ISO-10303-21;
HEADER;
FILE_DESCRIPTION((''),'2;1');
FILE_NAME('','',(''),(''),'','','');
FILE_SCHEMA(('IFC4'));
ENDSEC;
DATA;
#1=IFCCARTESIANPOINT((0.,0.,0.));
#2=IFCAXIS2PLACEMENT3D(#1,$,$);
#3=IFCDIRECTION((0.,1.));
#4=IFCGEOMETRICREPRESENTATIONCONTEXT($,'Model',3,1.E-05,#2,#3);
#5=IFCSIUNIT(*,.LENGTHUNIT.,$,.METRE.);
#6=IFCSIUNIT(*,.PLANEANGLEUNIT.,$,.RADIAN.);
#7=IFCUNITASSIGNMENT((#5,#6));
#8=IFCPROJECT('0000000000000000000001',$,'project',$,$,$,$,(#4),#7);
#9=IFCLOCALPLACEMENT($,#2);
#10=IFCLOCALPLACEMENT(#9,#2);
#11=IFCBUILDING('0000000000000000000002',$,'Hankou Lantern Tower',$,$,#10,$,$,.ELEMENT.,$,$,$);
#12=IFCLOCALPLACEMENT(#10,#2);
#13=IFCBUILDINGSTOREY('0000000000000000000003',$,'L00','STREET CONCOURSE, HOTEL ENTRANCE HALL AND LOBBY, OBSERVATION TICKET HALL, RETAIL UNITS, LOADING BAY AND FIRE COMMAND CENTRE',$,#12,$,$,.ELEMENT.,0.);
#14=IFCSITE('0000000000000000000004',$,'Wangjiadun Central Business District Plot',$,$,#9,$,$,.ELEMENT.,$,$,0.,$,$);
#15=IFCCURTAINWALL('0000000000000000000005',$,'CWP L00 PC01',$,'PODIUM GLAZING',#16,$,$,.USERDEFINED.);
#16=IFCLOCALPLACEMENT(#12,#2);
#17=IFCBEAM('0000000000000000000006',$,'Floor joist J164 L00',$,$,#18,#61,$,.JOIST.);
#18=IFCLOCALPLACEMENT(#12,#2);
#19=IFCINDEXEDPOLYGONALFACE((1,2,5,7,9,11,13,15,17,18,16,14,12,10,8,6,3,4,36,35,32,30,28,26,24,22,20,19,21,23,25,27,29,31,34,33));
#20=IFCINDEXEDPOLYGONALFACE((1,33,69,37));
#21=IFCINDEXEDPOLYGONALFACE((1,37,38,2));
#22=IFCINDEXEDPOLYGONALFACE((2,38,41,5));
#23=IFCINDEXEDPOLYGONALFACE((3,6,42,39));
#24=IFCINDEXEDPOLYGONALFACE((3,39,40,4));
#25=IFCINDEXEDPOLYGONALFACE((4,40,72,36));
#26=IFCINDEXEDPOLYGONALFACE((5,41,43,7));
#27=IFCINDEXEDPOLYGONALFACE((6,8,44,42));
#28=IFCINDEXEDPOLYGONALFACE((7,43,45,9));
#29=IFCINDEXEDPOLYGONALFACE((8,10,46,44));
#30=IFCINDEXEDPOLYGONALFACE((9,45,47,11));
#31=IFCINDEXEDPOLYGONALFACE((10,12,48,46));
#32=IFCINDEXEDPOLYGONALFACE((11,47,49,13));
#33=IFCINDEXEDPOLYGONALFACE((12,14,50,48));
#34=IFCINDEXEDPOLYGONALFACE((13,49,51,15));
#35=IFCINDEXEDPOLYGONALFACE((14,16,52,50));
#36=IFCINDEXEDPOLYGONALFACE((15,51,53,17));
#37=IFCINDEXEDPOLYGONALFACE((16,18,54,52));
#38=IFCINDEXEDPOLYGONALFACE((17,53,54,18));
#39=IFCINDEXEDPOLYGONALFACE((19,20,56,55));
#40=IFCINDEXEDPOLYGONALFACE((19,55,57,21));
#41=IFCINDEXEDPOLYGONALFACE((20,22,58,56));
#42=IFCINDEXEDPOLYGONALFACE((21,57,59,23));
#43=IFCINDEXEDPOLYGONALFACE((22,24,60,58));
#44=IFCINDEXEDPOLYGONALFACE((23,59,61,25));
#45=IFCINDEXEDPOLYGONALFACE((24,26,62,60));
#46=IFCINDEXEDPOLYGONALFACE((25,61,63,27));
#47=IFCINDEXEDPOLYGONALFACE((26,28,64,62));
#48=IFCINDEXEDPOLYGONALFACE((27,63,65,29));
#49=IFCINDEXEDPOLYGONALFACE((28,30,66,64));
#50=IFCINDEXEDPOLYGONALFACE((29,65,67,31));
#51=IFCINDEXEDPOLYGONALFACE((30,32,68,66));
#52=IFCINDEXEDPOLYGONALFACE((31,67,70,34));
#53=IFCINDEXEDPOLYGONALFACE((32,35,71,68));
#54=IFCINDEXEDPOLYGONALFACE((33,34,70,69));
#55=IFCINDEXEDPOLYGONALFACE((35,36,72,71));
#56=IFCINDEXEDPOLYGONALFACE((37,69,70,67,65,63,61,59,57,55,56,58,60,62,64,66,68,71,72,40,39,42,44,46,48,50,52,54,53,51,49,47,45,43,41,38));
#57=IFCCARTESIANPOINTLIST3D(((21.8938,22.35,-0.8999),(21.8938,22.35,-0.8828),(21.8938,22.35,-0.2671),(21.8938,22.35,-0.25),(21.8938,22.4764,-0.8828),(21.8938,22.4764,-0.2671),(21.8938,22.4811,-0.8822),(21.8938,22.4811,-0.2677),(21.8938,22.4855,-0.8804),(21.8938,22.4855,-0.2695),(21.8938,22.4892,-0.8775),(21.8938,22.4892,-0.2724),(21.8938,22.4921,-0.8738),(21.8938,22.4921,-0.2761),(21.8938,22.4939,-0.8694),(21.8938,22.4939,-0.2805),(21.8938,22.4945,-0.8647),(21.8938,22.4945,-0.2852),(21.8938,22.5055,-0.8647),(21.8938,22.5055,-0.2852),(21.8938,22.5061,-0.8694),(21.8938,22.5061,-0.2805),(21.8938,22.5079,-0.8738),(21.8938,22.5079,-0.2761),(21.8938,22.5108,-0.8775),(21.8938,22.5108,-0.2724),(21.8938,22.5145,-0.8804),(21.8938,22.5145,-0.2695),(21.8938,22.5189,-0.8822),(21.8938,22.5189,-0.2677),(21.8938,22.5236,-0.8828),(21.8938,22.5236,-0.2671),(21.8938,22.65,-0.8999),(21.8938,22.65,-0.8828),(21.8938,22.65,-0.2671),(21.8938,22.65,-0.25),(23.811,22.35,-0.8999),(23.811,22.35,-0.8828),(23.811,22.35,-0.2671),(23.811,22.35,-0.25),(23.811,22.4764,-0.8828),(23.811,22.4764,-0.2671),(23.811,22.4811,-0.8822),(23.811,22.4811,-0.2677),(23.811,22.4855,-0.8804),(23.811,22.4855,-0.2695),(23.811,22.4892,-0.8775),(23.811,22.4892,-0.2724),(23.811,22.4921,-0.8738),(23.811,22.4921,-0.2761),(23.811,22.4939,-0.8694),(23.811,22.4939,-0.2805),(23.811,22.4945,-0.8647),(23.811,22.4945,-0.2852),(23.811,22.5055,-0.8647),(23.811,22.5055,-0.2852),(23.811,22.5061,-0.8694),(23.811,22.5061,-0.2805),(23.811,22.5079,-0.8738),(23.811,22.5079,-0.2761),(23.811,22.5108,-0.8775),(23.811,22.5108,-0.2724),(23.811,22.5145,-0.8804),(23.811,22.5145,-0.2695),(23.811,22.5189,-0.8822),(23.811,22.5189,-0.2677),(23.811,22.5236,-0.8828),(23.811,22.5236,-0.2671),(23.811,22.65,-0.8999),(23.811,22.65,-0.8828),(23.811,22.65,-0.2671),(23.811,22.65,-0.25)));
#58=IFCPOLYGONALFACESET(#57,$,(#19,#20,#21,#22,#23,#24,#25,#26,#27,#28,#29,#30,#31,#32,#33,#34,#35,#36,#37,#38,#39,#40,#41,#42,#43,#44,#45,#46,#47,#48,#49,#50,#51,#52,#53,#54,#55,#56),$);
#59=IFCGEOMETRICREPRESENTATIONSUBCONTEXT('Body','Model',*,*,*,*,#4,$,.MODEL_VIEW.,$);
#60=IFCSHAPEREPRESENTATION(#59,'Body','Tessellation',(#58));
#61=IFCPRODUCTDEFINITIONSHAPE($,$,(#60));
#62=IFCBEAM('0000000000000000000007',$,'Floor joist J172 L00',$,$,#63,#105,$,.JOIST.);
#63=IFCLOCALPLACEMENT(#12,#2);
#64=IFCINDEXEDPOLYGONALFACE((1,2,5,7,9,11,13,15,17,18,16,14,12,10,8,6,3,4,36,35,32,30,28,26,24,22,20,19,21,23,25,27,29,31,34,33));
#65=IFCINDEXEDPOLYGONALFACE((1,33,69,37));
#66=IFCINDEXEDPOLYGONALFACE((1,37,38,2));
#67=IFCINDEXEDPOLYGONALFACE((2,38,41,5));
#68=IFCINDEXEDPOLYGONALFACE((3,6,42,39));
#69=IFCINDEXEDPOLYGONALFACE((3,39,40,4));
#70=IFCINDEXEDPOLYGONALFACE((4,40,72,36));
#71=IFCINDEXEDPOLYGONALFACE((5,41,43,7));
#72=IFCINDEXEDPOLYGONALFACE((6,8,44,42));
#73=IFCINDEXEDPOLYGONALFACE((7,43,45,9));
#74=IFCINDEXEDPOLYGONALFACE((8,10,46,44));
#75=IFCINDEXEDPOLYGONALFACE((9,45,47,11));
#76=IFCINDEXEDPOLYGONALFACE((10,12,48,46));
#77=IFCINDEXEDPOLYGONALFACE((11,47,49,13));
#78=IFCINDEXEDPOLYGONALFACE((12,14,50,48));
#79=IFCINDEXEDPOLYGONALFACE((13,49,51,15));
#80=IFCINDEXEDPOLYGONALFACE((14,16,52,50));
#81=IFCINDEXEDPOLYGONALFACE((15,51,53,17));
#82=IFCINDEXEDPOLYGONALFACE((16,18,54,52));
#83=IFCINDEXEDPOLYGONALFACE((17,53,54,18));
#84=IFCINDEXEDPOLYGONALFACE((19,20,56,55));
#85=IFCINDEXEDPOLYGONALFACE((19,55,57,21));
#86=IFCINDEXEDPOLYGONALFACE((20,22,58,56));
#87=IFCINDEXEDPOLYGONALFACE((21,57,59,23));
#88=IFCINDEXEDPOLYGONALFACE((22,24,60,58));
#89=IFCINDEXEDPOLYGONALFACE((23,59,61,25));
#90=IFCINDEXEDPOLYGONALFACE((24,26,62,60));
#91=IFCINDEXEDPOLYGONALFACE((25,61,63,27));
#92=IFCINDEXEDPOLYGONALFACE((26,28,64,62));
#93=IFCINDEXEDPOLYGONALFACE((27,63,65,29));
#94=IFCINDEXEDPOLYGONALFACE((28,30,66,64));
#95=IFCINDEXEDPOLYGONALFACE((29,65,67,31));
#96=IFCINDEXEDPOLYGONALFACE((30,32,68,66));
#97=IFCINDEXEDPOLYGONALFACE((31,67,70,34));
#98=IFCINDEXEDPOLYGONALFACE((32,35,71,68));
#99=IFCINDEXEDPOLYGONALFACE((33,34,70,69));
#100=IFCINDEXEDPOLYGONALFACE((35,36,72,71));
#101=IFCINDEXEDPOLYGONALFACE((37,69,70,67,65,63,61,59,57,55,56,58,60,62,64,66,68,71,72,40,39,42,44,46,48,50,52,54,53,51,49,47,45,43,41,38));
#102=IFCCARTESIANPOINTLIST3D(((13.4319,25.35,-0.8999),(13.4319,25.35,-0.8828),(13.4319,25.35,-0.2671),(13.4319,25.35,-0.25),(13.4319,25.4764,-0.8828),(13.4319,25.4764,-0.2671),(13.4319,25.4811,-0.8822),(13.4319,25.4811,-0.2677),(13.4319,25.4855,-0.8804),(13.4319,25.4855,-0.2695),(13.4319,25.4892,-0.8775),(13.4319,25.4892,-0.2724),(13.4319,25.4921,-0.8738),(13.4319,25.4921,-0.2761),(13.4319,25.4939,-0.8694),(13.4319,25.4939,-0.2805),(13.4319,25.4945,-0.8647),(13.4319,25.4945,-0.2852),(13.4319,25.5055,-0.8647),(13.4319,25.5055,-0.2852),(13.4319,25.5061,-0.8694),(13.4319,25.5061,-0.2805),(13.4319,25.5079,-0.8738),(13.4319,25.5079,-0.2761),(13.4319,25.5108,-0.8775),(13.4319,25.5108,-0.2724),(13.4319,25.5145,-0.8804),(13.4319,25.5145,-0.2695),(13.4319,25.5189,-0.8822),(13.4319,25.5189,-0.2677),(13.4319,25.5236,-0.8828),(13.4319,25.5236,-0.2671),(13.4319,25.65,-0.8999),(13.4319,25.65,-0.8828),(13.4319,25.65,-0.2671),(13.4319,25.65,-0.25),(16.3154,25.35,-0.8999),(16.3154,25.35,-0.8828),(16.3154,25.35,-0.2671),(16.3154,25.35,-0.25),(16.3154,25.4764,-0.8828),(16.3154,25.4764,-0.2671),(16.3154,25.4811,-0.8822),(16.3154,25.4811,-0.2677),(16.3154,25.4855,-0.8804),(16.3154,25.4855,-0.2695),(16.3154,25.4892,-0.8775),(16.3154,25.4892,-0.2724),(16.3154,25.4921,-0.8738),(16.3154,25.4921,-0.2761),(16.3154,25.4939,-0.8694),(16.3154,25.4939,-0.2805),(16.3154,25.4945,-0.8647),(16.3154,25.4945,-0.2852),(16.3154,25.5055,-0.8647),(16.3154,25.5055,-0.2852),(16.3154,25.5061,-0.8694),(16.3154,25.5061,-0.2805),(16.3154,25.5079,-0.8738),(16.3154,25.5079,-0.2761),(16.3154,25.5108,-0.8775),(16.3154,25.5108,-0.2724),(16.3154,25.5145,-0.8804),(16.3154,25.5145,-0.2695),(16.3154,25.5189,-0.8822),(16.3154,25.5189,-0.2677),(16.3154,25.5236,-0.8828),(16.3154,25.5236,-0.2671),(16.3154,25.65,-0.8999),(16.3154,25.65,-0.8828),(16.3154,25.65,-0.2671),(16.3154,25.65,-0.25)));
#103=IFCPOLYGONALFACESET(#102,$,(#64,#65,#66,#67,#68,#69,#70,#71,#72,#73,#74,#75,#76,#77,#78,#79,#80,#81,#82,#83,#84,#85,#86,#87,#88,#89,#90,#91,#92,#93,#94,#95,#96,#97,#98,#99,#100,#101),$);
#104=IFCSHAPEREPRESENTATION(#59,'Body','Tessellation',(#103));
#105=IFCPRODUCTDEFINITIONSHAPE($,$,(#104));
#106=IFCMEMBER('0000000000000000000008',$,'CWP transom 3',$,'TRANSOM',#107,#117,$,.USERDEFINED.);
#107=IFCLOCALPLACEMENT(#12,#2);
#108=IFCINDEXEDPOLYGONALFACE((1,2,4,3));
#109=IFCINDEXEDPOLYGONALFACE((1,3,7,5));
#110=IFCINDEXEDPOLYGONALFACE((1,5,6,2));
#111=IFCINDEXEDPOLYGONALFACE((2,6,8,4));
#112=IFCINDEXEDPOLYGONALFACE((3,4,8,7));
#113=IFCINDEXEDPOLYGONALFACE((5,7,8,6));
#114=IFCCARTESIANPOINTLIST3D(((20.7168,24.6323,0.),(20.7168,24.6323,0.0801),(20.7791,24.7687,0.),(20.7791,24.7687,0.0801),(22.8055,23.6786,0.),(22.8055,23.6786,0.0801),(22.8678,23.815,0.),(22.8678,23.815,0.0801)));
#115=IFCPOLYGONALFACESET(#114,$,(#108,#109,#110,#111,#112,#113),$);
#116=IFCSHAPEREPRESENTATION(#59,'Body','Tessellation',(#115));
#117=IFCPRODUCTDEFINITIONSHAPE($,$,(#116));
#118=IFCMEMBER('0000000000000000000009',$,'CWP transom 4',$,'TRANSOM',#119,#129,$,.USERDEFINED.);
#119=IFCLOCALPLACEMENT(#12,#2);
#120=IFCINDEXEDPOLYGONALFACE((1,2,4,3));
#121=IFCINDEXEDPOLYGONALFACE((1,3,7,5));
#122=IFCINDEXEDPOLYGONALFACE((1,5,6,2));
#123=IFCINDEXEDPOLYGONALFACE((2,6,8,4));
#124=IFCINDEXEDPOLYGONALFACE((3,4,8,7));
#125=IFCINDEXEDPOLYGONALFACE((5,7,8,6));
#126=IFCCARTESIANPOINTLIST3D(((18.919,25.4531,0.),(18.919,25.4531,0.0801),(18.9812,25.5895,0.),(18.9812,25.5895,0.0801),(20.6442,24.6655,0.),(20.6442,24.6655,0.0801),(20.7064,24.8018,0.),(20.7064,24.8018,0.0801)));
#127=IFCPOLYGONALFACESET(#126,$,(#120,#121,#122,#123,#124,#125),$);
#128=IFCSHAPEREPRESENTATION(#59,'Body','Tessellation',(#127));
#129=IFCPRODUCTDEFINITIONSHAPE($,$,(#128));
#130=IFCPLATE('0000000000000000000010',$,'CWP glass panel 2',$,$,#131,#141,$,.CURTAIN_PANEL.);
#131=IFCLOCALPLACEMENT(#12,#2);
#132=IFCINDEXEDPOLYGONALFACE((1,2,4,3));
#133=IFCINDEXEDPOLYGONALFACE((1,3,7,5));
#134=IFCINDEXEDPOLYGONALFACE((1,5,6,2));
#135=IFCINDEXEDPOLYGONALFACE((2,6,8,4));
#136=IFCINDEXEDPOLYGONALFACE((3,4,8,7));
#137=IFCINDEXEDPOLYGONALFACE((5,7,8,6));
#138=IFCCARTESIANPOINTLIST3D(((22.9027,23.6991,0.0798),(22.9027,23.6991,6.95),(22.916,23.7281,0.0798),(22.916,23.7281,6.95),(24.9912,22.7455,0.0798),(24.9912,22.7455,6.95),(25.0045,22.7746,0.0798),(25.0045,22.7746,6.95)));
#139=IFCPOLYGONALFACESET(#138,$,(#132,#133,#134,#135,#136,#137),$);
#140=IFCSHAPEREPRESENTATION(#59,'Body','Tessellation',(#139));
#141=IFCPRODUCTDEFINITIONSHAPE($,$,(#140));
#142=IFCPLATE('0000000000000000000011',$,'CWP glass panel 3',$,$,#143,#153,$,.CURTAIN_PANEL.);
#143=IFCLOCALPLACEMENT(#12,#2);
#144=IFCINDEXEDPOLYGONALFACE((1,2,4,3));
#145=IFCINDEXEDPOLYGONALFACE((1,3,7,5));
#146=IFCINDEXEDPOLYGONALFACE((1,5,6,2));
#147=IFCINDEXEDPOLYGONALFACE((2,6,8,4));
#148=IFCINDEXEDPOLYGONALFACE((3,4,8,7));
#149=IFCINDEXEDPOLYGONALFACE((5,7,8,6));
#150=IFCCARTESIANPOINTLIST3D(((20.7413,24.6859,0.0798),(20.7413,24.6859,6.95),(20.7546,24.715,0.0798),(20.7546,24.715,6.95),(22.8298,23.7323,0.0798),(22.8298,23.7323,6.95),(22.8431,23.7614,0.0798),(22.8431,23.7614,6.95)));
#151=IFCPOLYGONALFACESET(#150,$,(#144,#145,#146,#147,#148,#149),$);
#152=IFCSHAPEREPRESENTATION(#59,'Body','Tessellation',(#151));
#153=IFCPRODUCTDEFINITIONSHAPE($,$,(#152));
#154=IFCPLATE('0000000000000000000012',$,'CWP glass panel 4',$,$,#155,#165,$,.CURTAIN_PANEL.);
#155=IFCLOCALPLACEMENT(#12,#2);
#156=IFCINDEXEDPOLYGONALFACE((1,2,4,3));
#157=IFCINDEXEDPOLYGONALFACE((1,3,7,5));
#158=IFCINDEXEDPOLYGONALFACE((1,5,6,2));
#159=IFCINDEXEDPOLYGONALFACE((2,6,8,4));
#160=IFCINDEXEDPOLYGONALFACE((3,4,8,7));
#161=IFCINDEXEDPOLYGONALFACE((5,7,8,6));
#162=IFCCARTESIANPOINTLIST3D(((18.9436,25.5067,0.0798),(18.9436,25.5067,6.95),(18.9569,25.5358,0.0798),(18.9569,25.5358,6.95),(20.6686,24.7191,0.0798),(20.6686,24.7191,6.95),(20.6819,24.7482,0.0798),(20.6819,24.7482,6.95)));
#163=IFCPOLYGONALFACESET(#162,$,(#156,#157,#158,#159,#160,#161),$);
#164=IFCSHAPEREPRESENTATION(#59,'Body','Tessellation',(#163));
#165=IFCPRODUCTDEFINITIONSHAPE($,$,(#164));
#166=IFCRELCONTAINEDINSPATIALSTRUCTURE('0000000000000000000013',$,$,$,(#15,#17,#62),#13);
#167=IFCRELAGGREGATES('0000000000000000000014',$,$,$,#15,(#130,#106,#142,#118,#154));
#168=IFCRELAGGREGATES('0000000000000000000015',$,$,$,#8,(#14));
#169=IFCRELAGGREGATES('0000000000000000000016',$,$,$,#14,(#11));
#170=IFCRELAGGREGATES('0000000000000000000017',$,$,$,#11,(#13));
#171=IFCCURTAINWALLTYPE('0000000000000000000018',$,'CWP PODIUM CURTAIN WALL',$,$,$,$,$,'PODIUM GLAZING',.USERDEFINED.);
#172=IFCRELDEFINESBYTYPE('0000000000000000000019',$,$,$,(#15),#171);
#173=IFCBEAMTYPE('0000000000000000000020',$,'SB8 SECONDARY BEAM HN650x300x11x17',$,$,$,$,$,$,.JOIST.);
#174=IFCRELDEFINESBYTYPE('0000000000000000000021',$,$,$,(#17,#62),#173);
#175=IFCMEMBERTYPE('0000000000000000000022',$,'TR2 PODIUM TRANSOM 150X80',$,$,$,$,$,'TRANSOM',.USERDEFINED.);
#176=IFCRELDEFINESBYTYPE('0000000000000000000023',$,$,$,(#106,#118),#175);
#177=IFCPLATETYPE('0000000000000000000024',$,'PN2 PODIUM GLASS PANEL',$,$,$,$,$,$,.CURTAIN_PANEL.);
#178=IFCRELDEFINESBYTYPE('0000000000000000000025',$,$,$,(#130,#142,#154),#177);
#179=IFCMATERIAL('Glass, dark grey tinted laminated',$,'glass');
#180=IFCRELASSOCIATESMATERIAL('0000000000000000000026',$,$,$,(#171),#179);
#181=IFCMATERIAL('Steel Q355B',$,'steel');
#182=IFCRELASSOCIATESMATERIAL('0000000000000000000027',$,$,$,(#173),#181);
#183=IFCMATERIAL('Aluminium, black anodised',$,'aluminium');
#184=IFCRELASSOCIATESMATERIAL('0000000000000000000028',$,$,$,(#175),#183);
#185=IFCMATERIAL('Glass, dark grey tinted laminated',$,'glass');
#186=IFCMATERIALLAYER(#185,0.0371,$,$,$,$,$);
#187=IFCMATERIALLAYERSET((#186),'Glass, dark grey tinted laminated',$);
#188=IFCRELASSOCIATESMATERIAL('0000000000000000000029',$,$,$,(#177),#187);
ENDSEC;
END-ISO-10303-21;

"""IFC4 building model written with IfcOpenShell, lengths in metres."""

from ifc_helpers import new_model, si_unit, direction, frame, origin, origin_2d, place, context, subcontext, project, spatial, rectangle, i_section, extrude, material, layer, layer_set, material_profile, profile_set, type_object, element, aggregate, save


model = new_model("IFC4")

# Units and contexts
model_context = context("Model", 3, precision=1e-05, world=origin(), true_north=direction((0.0, 1.0)))
body_context = subcontext(model_context, "Body", "Model", "MODEL_VIEW")
ifc_project = project(units=[si_unit("LENGTHUNIT", "METRE"), si_unit("PLANEANGLEUNIT", "RADIAN")], contexts=[model_context])

# Site, building, storey
site_placement = place(None, origin())
site = spatial("IfcSite", under=ifc_project, at=site_placement, Name="Wangjiadun Central Business District Plot", CompositionType="ELEMENT", RefElevation=0.0)
building_placement = place(site_placement, origin())
building = spatial("IfcBuilding", under=site, at=building_placement, Name="Hankou Lantern Tower", CompositionType="ELEMENT")
storey_placement = place(building_placement, origin())
storey = spatial("IfcBuildingStorey", under=building, at=storey_placement, Name="L00", Description="STREET CONCOURSE, HOTEL ENTRANCE HALL AND LOBBY, OBSERVATION TICKET HALL, RETAIL UNITS, LOADING BAY AND FIRE COMMAND CENTRE", CompositionType="ELEMENT", Elevation=0.0)

# Curtain wall
ifc_material_1 = material(Name="Glass, dark grey tinted laminated", Category="glass")
curtain_wall_type = type_object("IfcCurtainWallType", Name="CWP PODIUM CURTAIN WALL", ElementType="PODIUM GLAZING", PredefinedType="USERDEFINED", material=ifc_material_1)
curtain_wall_placement = place(storey_placement, origin())
curtain_wall = element("IfcCurtainWall", 1, at=curtain_wall_placement, inside=storey, type_object=curtain_wall_type, Name="CWP L00 PC01", ObjectType="PODIUM GLAZING", PredefinedType="USERDEFINED")

# Beams
ifc_material_2 = material(Name="Steel Q355B", Category="steel")
ifc_material_profile_1 = material_profile(ifc_material_2, i_section(OverallWidth=0.3, OverallDepth=0.6499, WebThickness=0.011, FlangeThickness=0.0171, FilletRadius=0.0181, at=origin_2d()), Name="HN650x300x11x17")
ifc_profile_set_1 = profile_set([ifc_material_profile_1], Name="Steel Q355B")
beam_type_1 = type_object("IfcBeamType", Name="SB8 SECONDARY BEAM HN650x300x11x17", PredefinedType="JOIST", material=ifc_profile_set_1)
beam_1_placement = place(storey_placement, frame((21.8938, 22.5, -0.575), z_axis=(1.0, 0.0, 0.0), x_axis=(0.0, 1.0, 0.0)))
element("IfcBeam", 2, at=beam_1_placement, inside=storey, type_object=beam_type_1, Name="Floor joist J164 L00", PredefinedType="JOIST", context=body_context, shape_type="SweptSolid", body=[
    extrude(i_section(OverallWidth=0.3, OverallDepth=0.6499, WebThickness=0.011, FlangeThickness=0.0171, FilletRadius=0.0181, at=origin_2d()), origin(), (0.0, 0.0, 1.0), 1.9172),
])
beam_2_placement = place(storey_placement, frame((13.4319, 25.5, -0.575), z_axis=(1.0, 0.0, 0.0), x_axis=(0.0, 1.0, 0.0)))
element("IfcBeam", 3, at=beam_2_placement, inside=storey, type_object=beam_type_1, Name="Floor joist J172 L00", PredefinedType="JOIST", context=body_context, shape_type="SweptSolid", body=[
    extrude(i_section(OverallWidth=0.3, OverallDepth=0.6499, WebThickness=0.011, FlangeThickness=0.0171, FilletRadius=0.0181, at=origin_2d()), origin(), (0.0, 0.0, 1.0), 2.8835),
])

# Members
ifc_material_3 = material(Name="Aluminium, black anodised", Category="aluminium")
ifc_material_profile_2 = material_profile(ifc_material_3, rectangle(XDim=0.1499, YDim=0.0801, at=origin_2d()), Name="TR2 150X80")
ifc_profile_set_2 = profile_set([ifc_material_profile_2], Name="Aluminium, black anodised")
member_type_1 = type_object("IfcMemberType", Name="TR2 PODIUM TRANSOM 150X80", ElementType="TRANSOM", PredefinedType="USERDEFINED", material=ifc_profile_set_2)
member_1_placement = place(storey_placement, frame((22.8367, 23.7468, 0.04), z_axis=(-0.90967, 0.415333, 0.0), x_axis=(-0.415333, -0.90967, 0.0)))
member_1 = element("IfcMember", 4, at=member_1_placement, type_object=member_type_1, Name="CWP transom 3", ObjectType="TRANSOM", PredefinedType="USERDEFINED", context=body_context, shape_type="SweptSolid", body=[
    extrude(rectangle(XDim=0.1499, YDim=0.0801, at=origin_2d()), origin(), (0.0, 0.0, 1.0), 2.2961),
])
member_2_placement = place(storey_placement, frame((20.6753, 24.7336, 0.04), z_axis=(-0.909677, 0.415316, 0.0), x_axis=(-0.415316, -0.909677, 0.0)))
member_2 = element("IfcMember", 5, at=member_2_placement, type_object=member_type_1, Name="CWP transom 4", ObjectType="TRANSOM", PredefinedType="USERDEFINED", context=body_context, shape_type="SweptSolid", body=[
    extrude(rectangle(XDim=0.1499, YDim=0.0801, at=origin_2d()), origin(), (0.0, 0.0, 1.0), 1.8965),
])

# Plates
ifc_material_4 = material(Name="Glass, dark grey tinted laminated", Category="glass")
ifc_layer_1 = layer(ifc_material_4, 0.0371)
ifc_layer_set_1 = layer_set([ifc_layer_1], Name="Glass, dark grey tinted laminated")
plate_type = type_object("IfcPlateType", Name="PN2 PODIUM GLASS PANEL", PredefinedType="CURTAIN_PANEL", material=ifc_layer_set_1)
plate_1_placement = place(storey_placement, frame((23.9536, 23.2368, 0.0798), z_axis=(0.0, 0.0, 1.0), x_axis=(-0.90967, 0.415332, 0.0)))
plate_1 = element("IfcPlate", 6, at=plate_1_placement, type_object=plate_type, Name="CWP glass panel 2", PredefinedType="CURTAIN_PANEL", context=body_context, shape_type="SweptSolid", body=[
    extrude(rectangle(XDim=2.2959, YDim=0.032, at=origin_2d()), origin(), (0.0, 0.0, 1.0), 6.8701),
])
plate_2_placement = place(storey_placement, frame((21.7922, 24.2236, 0.0798), z_axis=(0.0, 0.0, 1.0), x_axis=(-0.90967, 0.415332, 0.0)))
plate_2 = element("IfcPlate", 7, at=plate_2_placement, type_object=plate_type, Name="CWP glass panel 3", PredefinedType="CURTAIN_PANEL", context=body_context, shape_type="SweptSolid", body=[
    extrude(rectangle(XDim=2.2959, YDim=0.032, at=origin_2d()), origin(), (0.0, 0.0, 1.0), 6.8701),
])
plate_3_placement = place(storey_placement, frame((19.8127, 25.1274, 0.0798), z_axis=(0.0, 0.0, 1.0), x_axis=(-0.90967, 0.415332, 0.0)))
plate_3 = element("IfcPlate", 8, at=plate_3_placement, type_object=plate_type, Name="CWP glass panel 4", PredefinedType="CURTAIN_PANEL", context=body_context, shape_type="SweptSolid", body=[
    extrude(rectangle(XDim=1.8962, YDim=0.032, at=origin_2d()), origin(), (0.0, 0.0, 1.0), 6.8701),
])
aggregate(curtain_wall, [plate_1, member_1, plate_2, member_2, plate_3])

save(model, "model.ifc")
